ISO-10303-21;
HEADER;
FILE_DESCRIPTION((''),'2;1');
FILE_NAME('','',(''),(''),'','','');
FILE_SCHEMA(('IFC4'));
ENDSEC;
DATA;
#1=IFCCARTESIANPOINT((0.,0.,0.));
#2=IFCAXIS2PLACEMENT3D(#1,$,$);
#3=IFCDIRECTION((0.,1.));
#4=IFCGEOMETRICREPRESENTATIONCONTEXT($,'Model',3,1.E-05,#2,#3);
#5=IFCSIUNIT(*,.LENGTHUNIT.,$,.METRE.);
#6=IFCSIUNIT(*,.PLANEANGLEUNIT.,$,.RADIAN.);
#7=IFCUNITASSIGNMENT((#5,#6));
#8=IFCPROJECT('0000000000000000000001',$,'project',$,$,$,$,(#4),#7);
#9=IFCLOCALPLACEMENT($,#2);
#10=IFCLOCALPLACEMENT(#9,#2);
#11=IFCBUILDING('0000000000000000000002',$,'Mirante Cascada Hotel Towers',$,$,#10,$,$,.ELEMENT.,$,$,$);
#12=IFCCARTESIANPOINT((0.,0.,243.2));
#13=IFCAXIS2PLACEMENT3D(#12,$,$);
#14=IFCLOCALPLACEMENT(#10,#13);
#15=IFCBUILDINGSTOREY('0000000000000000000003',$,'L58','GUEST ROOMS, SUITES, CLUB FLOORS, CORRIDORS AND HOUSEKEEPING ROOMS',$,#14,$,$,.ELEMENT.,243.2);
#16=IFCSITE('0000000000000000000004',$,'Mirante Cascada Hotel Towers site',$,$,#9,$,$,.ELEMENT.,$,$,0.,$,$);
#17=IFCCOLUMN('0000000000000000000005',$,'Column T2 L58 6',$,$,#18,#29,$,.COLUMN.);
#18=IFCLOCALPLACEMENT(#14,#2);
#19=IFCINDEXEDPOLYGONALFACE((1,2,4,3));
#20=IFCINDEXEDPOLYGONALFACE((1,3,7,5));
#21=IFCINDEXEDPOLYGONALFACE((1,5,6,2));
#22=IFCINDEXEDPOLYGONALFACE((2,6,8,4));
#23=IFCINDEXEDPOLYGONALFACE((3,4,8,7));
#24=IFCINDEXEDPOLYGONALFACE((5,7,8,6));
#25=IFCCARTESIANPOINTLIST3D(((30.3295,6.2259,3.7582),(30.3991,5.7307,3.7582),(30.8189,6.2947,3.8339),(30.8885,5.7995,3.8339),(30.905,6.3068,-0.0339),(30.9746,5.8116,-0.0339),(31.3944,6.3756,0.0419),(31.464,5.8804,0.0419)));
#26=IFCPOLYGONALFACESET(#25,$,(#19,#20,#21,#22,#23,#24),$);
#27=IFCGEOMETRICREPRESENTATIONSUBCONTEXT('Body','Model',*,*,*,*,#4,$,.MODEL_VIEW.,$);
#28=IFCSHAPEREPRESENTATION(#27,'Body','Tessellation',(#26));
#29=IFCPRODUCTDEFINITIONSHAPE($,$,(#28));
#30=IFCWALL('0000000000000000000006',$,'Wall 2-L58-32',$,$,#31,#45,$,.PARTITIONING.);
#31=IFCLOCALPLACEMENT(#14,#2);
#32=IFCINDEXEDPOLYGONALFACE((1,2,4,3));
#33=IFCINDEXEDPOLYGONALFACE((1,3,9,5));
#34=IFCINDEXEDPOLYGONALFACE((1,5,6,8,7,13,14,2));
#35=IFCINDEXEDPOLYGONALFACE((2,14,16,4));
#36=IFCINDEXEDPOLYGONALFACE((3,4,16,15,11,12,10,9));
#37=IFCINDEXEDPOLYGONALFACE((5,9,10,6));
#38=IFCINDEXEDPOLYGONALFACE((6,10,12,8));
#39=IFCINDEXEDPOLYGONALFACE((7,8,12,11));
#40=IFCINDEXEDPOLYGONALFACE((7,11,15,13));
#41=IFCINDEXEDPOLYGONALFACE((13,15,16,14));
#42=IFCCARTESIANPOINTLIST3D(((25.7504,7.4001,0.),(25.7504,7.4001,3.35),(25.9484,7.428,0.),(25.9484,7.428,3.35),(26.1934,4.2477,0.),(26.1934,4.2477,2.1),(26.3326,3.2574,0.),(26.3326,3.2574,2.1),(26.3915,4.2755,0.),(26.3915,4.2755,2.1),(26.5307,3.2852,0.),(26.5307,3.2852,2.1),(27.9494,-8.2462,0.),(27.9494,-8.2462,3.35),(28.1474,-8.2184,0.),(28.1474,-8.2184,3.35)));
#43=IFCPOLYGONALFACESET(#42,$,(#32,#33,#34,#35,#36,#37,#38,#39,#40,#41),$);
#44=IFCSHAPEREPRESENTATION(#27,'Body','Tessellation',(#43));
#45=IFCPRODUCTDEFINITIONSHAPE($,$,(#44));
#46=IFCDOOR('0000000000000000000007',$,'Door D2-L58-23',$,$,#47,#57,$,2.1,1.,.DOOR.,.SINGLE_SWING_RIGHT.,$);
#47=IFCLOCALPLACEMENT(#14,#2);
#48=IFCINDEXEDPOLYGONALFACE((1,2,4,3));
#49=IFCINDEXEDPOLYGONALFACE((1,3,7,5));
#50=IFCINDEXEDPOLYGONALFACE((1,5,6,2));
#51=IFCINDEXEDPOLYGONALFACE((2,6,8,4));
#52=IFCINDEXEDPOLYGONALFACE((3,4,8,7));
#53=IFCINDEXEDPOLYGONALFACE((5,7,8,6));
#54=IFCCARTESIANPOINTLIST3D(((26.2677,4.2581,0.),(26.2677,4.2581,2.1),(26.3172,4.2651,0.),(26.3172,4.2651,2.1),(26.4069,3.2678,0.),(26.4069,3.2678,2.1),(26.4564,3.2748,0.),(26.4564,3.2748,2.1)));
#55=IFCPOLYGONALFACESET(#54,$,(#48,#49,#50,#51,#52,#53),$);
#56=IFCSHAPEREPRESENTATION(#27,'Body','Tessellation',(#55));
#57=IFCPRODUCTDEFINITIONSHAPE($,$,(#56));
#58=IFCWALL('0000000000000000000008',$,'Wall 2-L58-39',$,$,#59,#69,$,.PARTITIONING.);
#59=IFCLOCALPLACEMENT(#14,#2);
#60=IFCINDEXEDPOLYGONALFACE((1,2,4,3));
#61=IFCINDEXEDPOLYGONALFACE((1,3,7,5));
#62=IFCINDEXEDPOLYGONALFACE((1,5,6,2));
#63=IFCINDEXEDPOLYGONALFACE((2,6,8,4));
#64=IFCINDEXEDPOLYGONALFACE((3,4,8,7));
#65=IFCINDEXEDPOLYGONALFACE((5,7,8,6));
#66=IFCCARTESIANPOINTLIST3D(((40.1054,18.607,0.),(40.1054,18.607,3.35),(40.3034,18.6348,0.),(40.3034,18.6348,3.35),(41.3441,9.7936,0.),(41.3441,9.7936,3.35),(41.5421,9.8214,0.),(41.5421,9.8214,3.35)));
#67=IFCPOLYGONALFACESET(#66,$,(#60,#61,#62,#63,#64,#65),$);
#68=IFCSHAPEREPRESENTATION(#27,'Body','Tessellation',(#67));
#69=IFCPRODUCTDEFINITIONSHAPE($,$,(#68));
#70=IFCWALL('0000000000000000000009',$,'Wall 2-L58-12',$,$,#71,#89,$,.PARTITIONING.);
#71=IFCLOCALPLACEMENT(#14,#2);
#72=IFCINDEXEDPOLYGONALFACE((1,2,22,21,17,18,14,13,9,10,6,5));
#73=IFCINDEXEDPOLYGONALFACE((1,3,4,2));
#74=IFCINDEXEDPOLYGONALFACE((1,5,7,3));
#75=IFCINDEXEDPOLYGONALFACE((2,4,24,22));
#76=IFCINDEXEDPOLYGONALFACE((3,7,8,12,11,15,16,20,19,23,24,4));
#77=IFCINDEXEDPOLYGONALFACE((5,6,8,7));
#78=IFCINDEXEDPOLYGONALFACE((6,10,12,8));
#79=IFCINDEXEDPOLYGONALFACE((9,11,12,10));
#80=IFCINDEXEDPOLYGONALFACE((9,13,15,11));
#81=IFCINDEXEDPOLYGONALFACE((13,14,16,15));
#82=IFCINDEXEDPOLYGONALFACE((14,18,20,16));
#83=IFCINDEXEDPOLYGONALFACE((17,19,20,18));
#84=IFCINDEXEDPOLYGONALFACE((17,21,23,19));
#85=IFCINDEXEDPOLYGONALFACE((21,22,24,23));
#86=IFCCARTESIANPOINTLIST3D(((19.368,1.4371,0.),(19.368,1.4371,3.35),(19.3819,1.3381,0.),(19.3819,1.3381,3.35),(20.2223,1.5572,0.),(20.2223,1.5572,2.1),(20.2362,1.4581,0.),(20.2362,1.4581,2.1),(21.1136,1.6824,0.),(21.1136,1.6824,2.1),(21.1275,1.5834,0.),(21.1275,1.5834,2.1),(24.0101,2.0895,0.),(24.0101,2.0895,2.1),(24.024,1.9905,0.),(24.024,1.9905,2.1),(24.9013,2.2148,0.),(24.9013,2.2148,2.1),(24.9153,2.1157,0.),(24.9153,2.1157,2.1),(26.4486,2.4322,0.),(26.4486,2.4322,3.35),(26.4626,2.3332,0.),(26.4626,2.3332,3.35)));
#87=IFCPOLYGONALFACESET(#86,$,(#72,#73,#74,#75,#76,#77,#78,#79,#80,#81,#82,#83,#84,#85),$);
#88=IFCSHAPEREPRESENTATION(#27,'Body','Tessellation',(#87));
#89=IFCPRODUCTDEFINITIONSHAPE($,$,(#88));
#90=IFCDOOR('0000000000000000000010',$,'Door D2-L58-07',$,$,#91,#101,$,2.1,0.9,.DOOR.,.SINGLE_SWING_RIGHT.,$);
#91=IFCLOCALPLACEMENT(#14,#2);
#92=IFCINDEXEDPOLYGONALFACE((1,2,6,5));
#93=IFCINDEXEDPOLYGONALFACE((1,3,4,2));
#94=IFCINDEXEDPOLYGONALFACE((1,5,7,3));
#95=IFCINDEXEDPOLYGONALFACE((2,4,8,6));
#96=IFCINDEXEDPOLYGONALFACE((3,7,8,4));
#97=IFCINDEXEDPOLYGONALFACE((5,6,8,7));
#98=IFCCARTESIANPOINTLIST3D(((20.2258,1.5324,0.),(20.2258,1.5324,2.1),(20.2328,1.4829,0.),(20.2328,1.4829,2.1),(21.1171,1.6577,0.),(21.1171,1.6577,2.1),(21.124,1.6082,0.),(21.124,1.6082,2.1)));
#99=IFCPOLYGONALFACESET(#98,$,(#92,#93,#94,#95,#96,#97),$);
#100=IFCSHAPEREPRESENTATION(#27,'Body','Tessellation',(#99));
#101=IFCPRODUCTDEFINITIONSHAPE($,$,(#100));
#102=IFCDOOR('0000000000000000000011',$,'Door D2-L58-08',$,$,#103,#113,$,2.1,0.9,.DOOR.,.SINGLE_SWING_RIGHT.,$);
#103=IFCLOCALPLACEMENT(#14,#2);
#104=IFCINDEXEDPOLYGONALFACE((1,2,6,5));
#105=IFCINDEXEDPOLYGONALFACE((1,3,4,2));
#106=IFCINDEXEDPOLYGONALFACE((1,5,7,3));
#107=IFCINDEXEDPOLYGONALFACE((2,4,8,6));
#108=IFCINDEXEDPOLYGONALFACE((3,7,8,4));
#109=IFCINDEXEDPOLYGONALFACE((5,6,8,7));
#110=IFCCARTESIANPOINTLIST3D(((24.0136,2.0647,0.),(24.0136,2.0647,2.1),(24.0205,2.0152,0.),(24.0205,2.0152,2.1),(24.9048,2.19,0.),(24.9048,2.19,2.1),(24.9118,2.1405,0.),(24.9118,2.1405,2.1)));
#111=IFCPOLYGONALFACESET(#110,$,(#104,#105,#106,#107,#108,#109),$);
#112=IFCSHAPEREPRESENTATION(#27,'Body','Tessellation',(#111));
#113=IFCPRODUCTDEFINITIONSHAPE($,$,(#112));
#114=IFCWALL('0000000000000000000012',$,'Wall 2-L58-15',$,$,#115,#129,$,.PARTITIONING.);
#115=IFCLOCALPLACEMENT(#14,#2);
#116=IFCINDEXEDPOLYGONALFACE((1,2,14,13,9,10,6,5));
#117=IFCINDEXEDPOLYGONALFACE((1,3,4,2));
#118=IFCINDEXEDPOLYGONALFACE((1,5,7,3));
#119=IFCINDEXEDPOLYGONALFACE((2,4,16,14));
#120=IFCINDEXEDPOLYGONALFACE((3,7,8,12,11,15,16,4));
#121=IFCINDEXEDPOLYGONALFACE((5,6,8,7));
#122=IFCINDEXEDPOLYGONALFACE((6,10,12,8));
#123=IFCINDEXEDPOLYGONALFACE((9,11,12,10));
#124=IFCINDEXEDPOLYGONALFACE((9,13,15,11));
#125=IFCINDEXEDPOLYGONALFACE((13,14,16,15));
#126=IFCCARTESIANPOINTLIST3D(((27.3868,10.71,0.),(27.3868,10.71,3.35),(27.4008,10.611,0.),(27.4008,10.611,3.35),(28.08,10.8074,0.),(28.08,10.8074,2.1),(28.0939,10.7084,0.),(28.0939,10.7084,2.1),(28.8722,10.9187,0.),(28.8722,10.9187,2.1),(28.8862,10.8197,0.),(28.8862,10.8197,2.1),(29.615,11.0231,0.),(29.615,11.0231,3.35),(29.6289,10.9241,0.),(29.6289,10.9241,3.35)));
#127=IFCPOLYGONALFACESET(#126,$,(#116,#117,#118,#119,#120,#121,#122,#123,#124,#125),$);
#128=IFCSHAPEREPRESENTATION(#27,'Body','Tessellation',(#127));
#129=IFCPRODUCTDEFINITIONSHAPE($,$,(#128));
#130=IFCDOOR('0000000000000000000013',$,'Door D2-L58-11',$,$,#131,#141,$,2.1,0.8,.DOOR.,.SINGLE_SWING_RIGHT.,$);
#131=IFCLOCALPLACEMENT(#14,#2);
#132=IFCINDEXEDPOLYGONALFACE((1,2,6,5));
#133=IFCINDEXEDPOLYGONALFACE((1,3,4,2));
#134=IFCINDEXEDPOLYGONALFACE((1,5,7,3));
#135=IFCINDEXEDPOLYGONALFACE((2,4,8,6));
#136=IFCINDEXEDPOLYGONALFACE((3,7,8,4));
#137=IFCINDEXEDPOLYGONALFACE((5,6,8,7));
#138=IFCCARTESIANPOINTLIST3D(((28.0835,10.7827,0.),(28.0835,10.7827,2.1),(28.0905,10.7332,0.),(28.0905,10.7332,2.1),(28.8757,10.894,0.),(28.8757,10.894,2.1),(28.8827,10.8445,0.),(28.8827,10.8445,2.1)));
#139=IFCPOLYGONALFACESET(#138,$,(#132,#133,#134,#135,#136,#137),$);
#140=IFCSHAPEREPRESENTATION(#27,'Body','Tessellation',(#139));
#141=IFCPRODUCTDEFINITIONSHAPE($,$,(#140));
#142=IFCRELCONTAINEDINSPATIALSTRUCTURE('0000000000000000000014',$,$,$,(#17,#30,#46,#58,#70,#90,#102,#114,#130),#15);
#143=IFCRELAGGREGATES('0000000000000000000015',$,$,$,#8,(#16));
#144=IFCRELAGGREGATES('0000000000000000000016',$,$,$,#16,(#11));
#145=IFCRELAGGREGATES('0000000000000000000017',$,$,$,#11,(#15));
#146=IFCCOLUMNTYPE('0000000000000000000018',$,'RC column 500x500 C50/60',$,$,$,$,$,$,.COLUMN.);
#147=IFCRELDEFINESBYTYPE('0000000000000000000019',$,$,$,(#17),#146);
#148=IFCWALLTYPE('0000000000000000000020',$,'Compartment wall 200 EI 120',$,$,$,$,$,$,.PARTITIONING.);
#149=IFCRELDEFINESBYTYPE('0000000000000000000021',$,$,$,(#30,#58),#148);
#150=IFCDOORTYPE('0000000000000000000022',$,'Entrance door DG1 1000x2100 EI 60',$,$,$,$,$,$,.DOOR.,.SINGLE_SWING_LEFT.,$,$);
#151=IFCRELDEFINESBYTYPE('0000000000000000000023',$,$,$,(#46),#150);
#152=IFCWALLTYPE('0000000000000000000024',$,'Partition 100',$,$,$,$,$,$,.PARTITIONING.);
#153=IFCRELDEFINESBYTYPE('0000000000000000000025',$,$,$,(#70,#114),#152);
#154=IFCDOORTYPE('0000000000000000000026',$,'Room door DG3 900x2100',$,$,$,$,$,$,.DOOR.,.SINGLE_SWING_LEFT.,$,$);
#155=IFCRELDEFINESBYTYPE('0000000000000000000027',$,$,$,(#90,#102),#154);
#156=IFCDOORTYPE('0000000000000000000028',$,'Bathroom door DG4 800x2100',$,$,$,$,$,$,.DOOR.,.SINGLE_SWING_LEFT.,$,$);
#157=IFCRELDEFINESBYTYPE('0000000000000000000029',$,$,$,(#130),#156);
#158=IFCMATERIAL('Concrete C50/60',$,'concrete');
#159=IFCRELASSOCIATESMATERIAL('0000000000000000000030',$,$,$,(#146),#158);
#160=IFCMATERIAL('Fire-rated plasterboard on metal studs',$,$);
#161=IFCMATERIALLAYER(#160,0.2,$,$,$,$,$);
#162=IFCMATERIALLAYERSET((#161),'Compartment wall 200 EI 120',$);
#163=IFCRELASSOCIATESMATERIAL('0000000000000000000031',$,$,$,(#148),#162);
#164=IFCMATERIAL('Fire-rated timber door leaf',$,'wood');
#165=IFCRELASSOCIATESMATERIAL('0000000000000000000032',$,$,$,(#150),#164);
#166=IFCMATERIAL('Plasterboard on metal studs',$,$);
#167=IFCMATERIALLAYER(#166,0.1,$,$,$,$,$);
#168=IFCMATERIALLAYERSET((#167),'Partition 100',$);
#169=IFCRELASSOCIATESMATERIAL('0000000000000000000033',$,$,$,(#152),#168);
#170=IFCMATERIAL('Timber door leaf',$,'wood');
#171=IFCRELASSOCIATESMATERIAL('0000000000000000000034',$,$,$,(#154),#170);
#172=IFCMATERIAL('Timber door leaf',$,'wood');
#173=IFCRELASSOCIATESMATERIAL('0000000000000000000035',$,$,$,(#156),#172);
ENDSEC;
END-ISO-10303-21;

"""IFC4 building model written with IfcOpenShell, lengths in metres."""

from ifc_helpers import new_model, si_unit, direction, frame, frame_2d, origin, origin_2d, place, context, subcontext, project, spatial, rectangle, extrude, material, layer, layer_set, material_profile, profile_set, type_object, element, fill, save


model = new_model("IFC4")

# Units and contexts
model_context = context("Model", 3, precision=1e-05, world=origin(), true_north=direction((0.0, 1.0)))
body_context = subcontext(model_context, "Body", "Model", "MODEL_VIEW")
ifc_project = project(units=[si_unit("LENGTHUNIT", "METRE"), si_unit("PLANEANGLEUNIT", "RADIAN")], contexts=[model_context])

# Site, building, storey
site_placement = place(None, origin())
site = spatial("IfcSite", under=ifc_project, at=site_placement, Name="Mirante Cascada Hotel Towers site", CompositionType="ELEMENT", RefElevation=0.0)
building_placement = place(site_placement, origin())
building = spatial("IfcBuilding", under=site, at=building_placement, Name="Mirante Cascada Hotel Towers", CompositionType="ELEMENT")
storey_placement = place(building_placement, frame((0.0, 0.0, 243.2)))
storey = spatial("IfcBuildingStorey", under=building, at=storey_placement, Name="L58", Description="GUEST ROOMS, SUITES, CLUB FLOORS, CORRIDORS AND HOUSEKEEPING ROOMS", CompositionType="ELEMENT", Elevation=243.2)

# Column
ifc_material_1 = material(Name="Concrete C50/60", Category="concrete")
ifc_material_profile = material_profile(ifc_material_1, rectangle(XDim=0.5, YDim=0.5, at=origin_2d()), Name="RC column 500x500 C50/60")
ifc_profile_set = profile_set([ifc_material_profile], Name="Concrete C50/60")
column_type = type_object("IfcColumnType", Name="RC column 500x500 C50/60", PredefinedType="COLUMN", material=ifc_profile_set)
column_placement = place(storey_placement, frame((31.1845, 6.0936, 0.004), z_axis=(-0.150015, -0.021088, 0.988459), x_axis=(0.139205, -0.990264, 0.0)))
element("IfcColumn", 1, at=column_placement, inside=storey, type_object=column_type, Name="Column T2 L58 6", PredefinedType="COLUMN", context=body_context, shape_type="SweptSolid", body=[
    extrude(rectangle(XDim=0.5, YDim=0.5, at=origin_2d()), origin(), (0.0, 0.0, 1.0), 3.8363),
])

# Wall, opening, door
ifc_material_2 = material(Name="Fire-rated plasterboard on metal studs")
ifc_layer_1 = layer(ifc_material_2, 0.2)
ifc_layer_set_1 = layer_set([ifc_layer_1], Name="Compartment wall 200 EI 120")
wall_type_1 = type_object("IfcWallType", Name="Compartment wall 200 EI 120", PredefinedType="PARTITIONING", material=ifc_layer_set_1)
wall_1_placement = place(storey_placement, frame((25.8494, 7.414, 0.0), z_axis=(0.0, 0.0, 1.0), x_axis=(0.139177, -0.990268, 0.0)))
wall_1 = element("IfcWall", 2, at=wall_1_placement, inside=storey, type_object=wall_type_1, Name="Wall 2-L58-32", PredefinedType="PARTITIONING", context=body_context, shape_type="SweptSolid", body=[
    extrude(rectangle(XDim=15.8001, YDim=0.2, at=frame_2d((7.9, 0.0))), origin(), (0.0, 0.0, 1.0), 3.35),
])
opening_1_placement = place(wall_1_placement, frame((3.1834, 0.0, 0.0)))
opening_1 = element("IfcOpeningElement", 3, at=opening_1_placement, cuts=wall_1, PredefinedType="OPENING", context=body_context, shape_type="SweptSolid", body=[
    extrude(rectangle(XDim=1.0, YDim=2.1, at=frame_2d((0.5, 1.05))), frame((0.0, 0.1, 0.0), z_axis=(0.0, -1.0, 0.0), x_axis=(1.0, 0.0, 0.0)), (0.0, 0.0, 1.0), 0.2),
])
ifc_material_3 = material(Name="Fire-rated timber door leaf", Category="wood")
door_type_1 = type_object("IfcDoorType", Name="Entrance door DG1 1000x2100 EI 60", OperationType="SINGLE_SWING_LEFT", PredefinedType="DOOR", material=ifc_material_3)
door_1_placement = place(opening_1_placement, frame((1.0, 0.0, 0.0), z_axis=(0.0, 0.0, 1.0), x_axis=(-1.0, 0.0, 0.0)))
door_1 = element("IfcDoor", 4, at=door_1_placement, inside=storey, type_object=door_type_1, Name="Door D2-L58-23", OperationType="SINGLE_SWING_RIGHT", OverallHeight=2.1, OverallWidth=1.0, PredefinedType="DOOR", context=body_context, shape_type="SweptSolid", body=[
    extrude(rectangle(XDim=1.0, YDim=2.1, at=frame_2d((0.5, 1.05))), frame((0.0, 0.025, 0.0), z_axis=(0.0, -1.0, 0.0), x_axis=(1.0, 0.0, 0.0)), (0.0, 0.0, 1.0), 0.05),
])
fill(opening_1, door_1)

# Wall
wall_2_placement = place(storey_placement, frame((41.4431, 9.8075, 0.0), z_axis=(0.0, 0.0, 1.0), x_axis=(-0.139179, 0.990267, 0.0)))
element("IfcWall", 5, at=wall_2_placement, inside=storey, type_object=wall_type_1, Name="Wall 2-L58-39", PredefinedType="PARTITIONING", context=body_context, shape_type="SweptSolid", body=[
    extrude(rectangle(XDim=8.9, YDim=0.2, at=frame_2d((4.45, 0.0))), origin(), (0.0, 0.0, 1.0), 3.35),
])

# Wall, openings, doors
ifc_material_4 = material(Name="Plasterboard on metal studs")
ifc_layer_2 = layer(ifc_material_4, 0.1)
ifc_layer_set_2 = layer_set([ifc_layer_2], Name="Partition 100")
wall_type_2 = type_object("IfcWallType", Name="Partition 100", PredefinedType="PARTITIONING", material=ifc_layer_set_2)
wall_3_placement = place(storey_placement, frame((26.4556, 2.3827, 0.0), z_axis=(0.0, 0.0, 1.0), x_axis=(-0.990268, -0.139171, 0.0)))
wall_3 = element("IfcWall", 6, at=wall_3_placement, inside=storey, type_object=wall_type_2, Name="Wall 2-L58-12", PredefinedType="PARTITIONING", context=body_context, shape_type="SweptSolid", body=[
    extrude(rectangle(XDim=7.1502, YDim=0.1, at=frame_2d((3.5751, 0.0))), origin(), (0.0, 0.0, 1.0), 3.35),
])
opening_2_placement = place(wall_3_placement, frame((5.3875, 0.0, 0.0)))
opening_2 = element("IfcOpeningElement", 7, at=opening_2_placement, cuts=wall_3, PredefinedType="OPENING", context=body_context, shape_type="SweptSolid", body=[
    extrude(rectangle(XDim=0.9, YDim=2.1, at=frame_2d((0.45, 1.05))), frame((0.0, 0.05, 0.0), z_axis=(0.0, -1.0, 0.0), x_axis=(1.0, 0.0, 0.0)), (0.0, 0.0, 1.0), 0.1),
])
opening_3_placement = place(wall_3_placement, frame((1.5625, 0.0, 0.0)))
opening_3 = element("IfcOpeningElement", 8, at=opening_3_placement, cuts=wall_3, PredefinedType="OPENING", context=body_context, shape_type="SweptSolid", body=[
    extrude(rectangle(XDim=0.9, YDim=2.1, at=frame_2d((0.45, 1.05))), frame((0.0, 0.05, 0.0), z_axis=(0.0, -1.0, 0.0), x_axis=(1.0, 0.0, 0.0)), (0.0, 0.0, 1.0), 0.1),
])
ifc_material_5 = material(Name="Timber door leaf", Category="wood")
door_type_2 = type_object("IfcDoorType", Name="Room door DG3 900x2100", OperationType="SINGLE_SWING_LEFT", PredefinedType="DOOR", material=ifc_material_5)
door_2_placement = place(opening_2_placement, frame((0.9, 0.0, 0.0), z_axis=(0.0, 0.0, 1.0), x_axis=(-1.0, 0.0, 0.0)))
door_2 = element("IfcDoor", 9, at=door_2_placement, inside=storey, type_object=door_type_2, Name="Door D2-L58-07", OperationType="SINGLE_SWING_RIGHT", OverallHeight=2.1, OverallWidth=0.9, PredefinedType="DOOR", context=body_context, shape_type="SweptSolid", body=[
    extrude(rectangle(XDim=0.9, YDim=2.1, at=frame_2d((0.45, 1.05))), frame((0.0, 0.025, 0.0), z_axis=(0.0, -1.0, 0.0), x_axis=(1.0, 0.0, 0.0)), (0.0, 0.0, 1.0), 0.05),
])
fill(opening_2, door_2)
door_3_placement = place(opening_3_placement, frame((0.9, 0.0, 0.0), z_axis=(0.0, 0.0, 1.0), x_axis=(-1.0, 0.0, 0.0)))
door_3 = element("IfcDoor", 10, at=door_3_placement, inside=storey, type_object=door_type_2, Name="Door D2-L58-08", OperationType="SINGLE_SWING_RIGHT", OverallHeight=2.1, OverallWidth=0.9, PredefinedType="DOOR", context=body_context, shape_type="SweptSolid", body=[
    extrude(rectangle(XDim=0.9, YDim=2.1, at=frame_2d((0.45, 1.05))), frame((0.0, 0.025, 0.0), z_axis=(0.0, -1.0, 0.0), x_axis=(1.0, 0.0, 0.0)), (0.0, 0.0, 1.0), 0.05),
])
fill(opening_3, door_3)

# Wall, opening, door
wall_4_placement = place(storey_placement, frame((27.3938, 10.6605, 0.0), z_axis=(0.0, 0.0, 1.0), x_axis=(0.990271, 0.139156, 0.0)))
wall_4 = element("IfcWall", 11, at=wall_4_placement, inside=storey, type_object=wall_type_2, Name="Wall 2-L58-15", PredefinedType="PARTITIONING", context=body_context, shape_type="SweptSolid", body=[
    extrude(rectangle(XDim=2.25, YDim=0.1, at=frame_2d((1.125, 0.0))), origin(), (0.0, 0.0, 1.0), 3.35),
])
opening_4_placement = place(wall_4_placement, frame((0.7, 0.0, 0.0)))
opening_4 = element("IfcOpeningElement", 12, at=opening_4_placement, cuts=wall_4, PredefinedType="OPENING", context=body_context, shape_type="SweptSolid", body=[
    extrude(rectangle(XDim=0.8, YDim=2.1, at=frame_2d((0.4, 1.05))), frame((0.0, 0.05, 0.0), z_axis=(0.0, -1.0, 0.0), x_axis=(1.0, 0.0, 0.0)), (0.0, 0.0, 1.0), 0.1),
])
ifc_material_6 = material(Name="Timber door leaf", Category="wood")
door_type_3 = type_object("IfcDoorType", Name="Bathroom door DG4 800x2100", OperationType="SINGLE_SWING_LEFT", PredefinedType="DOOR", material=ifc_material_6)
door_4_placement = place(opening_4_placement, frame((0.8, 0.0, 0.0), z_axis=(0.0, 0.0, 1.0), x_axis=(-1.0, 0.0, 0.0)))
door_4 = element("IfcDoor", 13, at=door_4_placement, inside=storey, type_object=door_type_3, Name="Door D2-L58-11", OperationType="SINGLE_SWING_RIGHT", OverallHeight=2.1, OverallWidth=0.8, PredefinedType="DOOR", context=body_context, shape_type="SweptSolid", body=[
    extrude(rectangle(XDim=0.8, YDim=2.1, at=frame_2d((0.4, 1.05))), frame((0.0, 0.025, 0.0), z_axis=(0.0, -1.0, 0.0), x_axis=(1.0, 0.0, 0.0)), (0.0, 0.0, 1.0), 0.05),
])
fill(opening_4, door_4)

save(model, "model.ifc")
